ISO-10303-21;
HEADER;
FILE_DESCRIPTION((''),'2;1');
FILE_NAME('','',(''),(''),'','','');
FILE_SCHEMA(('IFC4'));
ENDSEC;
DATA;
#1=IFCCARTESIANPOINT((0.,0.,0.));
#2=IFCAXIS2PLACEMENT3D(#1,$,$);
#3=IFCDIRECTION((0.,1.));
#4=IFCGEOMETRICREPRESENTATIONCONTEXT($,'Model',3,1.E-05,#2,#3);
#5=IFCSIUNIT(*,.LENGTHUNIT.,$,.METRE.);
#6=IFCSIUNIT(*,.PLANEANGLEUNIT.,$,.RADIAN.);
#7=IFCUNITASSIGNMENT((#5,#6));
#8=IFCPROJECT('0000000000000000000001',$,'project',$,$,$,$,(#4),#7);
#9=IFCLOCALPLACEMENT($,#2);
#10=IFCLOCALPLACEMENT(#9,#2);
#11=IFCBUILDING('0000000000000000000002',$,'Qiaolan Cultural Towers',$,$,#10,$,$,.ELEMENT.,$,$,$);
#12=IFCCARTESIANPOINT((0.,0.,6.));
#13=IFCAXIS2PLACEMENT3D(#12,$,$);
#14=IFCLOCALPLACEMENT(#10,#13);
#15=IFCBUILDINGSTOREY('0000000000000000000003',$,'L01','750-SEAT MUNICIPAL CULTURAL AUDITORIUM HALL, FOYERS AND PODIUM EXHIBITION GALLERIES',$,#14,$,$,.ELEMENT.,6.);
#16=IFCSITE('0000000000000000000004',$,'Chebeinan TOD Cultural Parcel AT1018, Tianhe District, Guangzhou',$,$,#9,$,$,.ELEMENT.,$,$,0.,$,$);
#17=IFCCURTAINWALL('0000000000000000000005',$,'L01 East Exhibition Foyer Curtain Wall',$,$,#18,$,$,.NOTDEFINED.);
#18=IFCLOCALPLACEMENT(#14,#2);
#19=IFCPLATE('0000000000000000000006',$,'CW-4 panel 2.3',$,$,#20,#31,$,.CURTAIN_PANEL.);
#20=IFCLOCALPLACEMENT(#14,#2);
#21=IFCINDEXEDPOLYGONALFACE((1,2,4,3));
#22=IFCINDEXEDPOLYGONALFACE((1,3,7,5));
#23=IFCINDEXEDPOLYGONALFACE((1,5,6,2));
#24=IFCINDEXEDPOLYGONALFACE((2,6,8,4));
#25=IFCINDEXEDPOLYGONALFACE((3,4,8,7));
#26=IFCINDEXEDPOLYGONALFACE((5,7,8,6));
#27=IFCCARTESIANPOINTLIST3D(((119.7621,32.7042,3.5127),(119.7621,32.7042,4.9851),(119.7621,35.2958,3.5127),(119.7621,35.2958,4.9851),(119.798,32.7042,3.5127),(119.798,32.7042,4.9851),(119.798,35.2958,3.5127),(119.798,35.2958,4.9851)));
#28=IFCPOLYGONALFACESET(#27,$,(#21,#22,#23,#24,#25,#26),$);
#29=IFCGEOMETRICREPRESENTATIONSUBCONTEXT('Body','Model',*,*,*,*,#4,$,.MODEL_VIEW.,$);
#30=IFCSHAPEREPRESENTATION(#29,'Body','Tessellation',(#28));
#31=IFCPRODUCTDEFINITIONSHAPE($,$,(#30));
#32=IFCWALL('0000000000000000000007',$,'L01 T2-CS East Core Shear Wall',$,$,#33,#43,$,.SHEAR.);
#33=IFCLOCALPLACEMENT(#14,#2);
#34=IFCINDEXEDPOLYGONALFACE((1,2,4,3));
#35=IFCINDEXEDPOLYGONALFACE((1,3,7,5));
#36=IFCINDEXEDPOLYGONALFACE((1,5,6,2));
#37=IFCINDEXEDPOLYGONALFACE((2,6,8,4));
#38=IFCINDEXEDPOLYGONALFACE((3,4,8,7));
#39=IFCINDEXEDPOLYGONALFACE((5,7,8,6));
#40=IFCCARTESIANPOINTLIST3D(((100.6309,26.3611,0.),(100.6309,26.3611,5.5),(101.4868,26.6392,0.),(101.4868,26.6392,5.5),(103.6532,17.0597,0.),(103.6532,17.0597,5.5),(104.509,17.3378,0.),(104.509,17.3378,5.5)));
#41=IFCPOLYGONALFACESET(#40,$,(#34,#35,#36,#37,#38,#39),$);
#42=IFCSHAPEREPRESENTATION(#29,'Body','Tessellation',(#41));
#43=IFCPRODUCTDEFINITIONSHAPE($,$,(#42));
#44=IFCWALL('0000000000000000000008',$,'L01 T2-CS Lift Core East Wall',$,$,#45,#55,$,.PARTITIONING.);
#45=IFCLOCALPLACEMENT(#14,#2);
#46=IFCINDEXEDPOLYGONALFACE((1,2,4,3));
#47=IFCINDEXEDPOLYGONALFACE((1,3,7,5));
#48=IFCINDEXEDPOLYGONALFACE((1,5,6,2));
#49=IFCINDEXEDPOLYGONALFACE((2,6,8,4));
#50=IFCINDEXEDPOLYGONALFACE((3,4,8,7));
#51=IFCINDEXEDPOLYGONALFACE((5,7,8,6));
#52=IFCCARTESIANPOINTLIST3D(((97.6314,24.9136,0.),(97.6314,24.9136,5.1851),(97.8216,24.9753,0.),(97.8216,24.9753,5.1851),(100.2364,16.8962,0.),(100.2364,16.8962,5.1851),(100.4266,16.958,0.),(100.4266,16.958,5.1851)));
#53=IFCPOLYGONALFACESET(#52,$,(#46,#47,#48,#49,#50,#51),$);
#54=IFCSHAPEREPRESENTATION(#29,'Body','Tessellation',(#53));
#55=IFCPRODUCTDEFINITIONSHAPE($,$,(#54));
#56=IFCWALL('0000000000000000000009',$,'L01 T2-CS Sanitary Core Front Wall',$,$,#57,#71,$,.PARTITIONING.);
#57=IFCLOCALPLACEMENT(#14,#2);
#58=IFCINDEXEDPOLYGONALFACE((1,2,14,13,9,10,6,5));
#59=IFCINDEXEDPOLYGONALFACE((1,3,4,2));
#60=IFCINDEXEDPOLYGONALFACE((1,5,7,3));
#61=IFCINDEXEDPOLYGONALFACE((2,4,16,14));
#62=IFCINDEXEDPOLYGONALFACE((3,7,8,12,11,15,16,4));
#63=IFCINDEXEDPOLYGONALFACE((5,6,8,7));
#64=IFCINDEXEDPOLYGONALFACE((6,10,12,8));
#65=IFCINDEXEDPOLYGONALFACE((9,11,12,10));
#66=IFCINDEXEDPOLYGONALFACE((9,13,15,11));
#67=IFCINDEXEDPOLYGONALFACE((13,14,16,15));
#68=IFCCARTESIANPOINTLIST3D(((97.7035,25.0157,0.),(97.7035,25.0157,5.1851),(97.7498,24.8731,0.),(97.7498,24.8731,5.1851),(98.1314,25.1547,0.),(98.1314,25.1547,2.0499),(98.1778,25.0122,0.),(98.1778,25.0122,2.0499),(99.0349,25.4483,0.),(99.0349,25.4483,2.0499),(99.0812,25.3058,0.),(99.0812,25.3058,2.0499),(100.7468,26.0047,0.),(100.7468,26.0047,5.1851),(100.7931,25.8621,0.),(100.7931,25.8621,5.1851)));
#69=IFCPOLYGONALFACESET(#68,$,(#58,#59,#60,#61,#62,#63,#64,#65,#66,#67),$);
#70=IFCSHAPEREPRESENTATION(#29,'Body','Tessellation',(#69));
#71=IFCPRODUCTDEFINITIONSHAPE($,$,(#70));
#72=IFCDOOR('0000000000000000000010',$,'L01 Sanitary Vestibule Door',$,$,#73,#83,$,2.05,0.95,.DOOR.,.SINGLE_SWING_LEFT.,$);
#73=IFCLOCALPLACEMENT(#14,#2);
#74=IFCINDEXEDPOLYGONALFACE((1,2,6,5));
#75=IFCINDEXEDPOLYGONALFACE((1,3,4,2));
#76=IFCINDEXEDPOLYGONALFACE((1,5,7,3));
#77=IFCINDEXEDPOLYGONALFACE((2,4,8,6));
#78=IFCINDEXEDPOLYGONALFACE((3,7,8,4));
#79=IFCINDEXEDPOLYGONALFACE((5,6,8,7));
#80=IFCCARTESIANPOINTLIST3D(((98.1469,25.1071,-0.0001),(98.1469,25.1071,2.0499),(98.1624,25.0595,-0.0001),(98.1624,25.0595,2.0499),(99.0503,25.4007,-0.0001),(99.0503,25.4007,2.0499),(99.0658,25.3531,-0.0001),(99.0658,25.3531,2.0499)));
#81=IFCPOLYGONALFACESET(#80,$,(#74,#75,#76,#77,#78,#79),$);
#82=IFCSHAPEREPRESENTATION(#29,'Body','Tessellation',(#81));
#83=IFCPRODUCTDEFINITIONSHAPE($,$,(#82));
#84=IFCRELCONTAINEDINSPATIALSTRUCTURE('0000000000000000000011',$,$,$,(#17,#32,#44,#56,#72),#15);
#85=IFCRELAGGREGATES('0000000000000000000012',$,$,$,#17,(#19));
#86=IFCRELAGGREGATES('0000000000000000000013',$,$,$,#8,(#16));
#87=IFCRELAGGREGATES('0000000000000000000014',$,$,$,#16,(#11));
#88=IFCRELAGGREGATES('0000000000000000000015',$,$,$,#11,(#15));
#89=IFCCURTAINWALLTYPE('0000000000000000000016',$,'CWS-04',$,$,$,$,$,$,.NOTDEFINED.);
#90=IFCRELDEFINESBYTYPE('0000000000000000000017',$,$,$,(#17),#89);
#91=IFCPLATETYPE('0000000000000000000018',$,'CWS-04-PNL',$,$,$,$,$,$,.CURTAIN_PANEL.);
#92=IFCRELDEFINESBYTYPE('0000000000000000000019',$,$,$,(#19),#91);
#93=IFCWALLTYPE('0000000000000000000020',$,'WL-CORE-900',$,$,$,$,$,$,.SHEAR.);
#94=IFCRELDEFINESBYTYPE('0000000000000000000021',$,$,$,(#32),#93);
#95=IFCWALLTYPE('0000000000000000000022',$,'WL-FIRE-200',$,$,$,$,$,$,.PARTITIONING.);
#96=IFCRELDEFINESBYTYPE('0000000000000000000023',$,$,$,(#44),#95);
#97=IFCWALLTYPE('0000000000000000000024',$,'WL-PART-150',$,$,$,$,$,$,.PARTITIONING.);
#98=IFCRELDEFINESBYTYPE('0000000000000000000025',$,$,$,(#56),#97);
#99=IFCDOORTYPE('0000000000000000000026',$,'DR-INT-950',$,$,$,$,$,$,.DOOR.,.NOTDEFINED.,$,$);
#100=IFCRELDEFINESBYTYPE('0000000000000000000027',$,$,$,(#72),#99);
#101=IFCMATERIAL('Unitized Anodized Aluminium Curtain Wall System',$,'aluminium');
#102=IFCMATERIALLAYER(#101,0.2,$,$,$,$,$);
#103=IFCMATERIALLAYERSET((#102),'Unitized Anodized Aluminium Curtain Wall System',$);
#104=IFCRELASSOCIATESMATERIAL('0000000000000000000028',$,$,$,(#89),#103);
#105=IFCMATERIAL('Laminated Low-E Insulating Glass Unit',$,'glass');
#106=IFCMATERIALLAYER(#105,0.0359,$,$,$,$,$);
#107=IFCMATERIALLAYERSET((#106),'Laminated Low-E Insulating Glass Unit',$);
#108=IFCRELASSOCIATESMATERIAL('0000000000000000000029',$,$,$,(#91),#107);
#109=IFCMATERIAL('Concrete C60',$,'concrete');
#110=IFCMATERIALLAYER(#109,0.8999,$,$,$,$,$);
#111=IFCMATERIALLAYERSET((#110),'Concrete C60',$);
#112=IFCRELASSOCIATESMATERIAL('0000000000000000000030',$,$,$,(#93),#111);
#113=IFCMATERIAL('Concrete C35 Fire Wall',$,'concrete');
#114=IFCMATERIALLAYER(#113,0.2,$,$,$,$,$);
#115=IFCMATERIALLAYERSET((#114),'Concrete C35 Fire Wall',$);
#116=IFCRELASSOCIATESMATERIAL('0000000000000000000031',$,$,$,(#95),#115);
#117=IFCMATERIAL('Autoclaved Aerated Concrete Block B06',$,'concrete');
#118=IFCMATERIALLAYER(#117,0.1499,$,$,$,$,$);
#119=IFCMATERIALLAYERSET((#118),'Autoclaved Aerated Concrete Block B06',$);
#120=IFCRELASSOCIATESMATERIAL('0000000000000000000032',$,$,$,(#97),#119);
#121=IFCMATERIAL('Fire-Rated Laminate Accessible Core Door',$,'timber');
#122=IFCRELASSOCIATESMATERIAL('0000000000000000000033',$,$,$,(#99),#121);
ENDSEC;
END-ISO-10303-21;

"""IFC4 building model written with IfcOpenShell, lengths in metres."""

from ifc_helpers import new_model, si_unit, direction, frame, frame_2d, origin, origin_2d, place, context, subcontext, project, spatial, rectangle, extrude, material, layer, layer_set, type_object, element, fill, aggregate, save


model = new_model("IFC4")

# Units and contexts
model_context = context("Model", 3, precision=1e-05, world=origin(), true_north=direction((0.0, 1.0)))
body_context = subcontext(model_context, "Body", "Model", "MODEL_VIEW")
ifc_project = project(units=[si_unit("LENGTHUNIT", "METRE"), si_unit("PLANEANGLEUNIT", "RADIAN")], contexts=[model_context])

# Site, building, storey
site_placement = place(None, origin())
site = spatial("IfcSite", under=ifc_project, at=site_placement, Name="Chebeinan TOD Cultural Parcel AT1018, Tianhe District, Guangzhou", CompositionType="ELEMENT", RefElevation=0.0)
building_placement = place(site_placement, origin())
building = spatial("IfcBuilding", under=site, at=building_placement, Name="Qiaolan Cultural Towers", CompositionType="ELEMENT")
storey_placement = place(building_placement, frame((0.0, 0.0, 6.0)))
storey = spatial("IfcBuildingStorey", under=building, at=storey_placement, Name="L01", Description="750-SEAT MUNICIPAL CULTURAL AUDITORIUM HALL, FOYERS AND PODIUM EXHIBITION GALLERIES", CompositionType="ELEMENT", Elevation=6.0)

# Curtain wall, plate
ifc_material_1 = material(Name="Unitized Anodized Aluminium Curtain Wall System", Category="aluminium")
ifc_layer_1 = layer(ifc_material_1, 0.2)
ifc_layer_set_1 = layer_set([ifc_layer_1], Name="Unitized Anodized Aluminium Curtain Wall System")
curtain_wall_type = type_object("IfcCurtainWallType", Name="CWS-04", PredefinedType="NOTDEFINED", material=ifc_layer_set_1)
curtain_wall_placement = place(storey_placement, origin())
curtain_wall = element("IfcCurtainWall", 1, at=curtain_wall_placement, inside=storey, type_object=curtain_wall_type, Name="L01 East Exhibition Foyer Curtain Wall", PredefinedType="NOTDEFINED")
ifc_material_2 = material(Name="Laminated Low-E Insulating Glass Unit", Category="glass")
ifc_layer_2 = layer(ifc_material_2, 0.0359)
ifc_layer_set_2 = layer_set([ifc_layer_2], Name="Laminated Low-E Insulating Glass Unit")
plate_type = type_object("IfcPlateType", Name="CWS-04-PNL", PredefinedType="CURTAIN_PANEL", material=ifc_layer_set_2)
plate_1_placement = place(storey_placement, frame((119.78, 34.0, 3.5127), z_axis=(0.0, 0.0, 1.0), x_axis=(0.0, 1.0, 0.0)))
plate_1 = element("IfcPlate", 2, at=plate_1_placement, type_object=plate_type, Name="CW-4 panel 2.3", PredefinedType="CURTAIN_PANEL", context=body_context, shape_type="SweptSolid", body=[
    extrude(rectangle(XDim=2.5916, YDim=0.0359, at=origin_2d()), origin(), (0.0, 0.0, 1.0), 1.4724),
])
aggregate(curtain_wall, [plate_1])

# Walls
ifc_material_3 = material(Name="Concrete C60", Category="concrete")
ifc_layer_3 = layer(ifc_material_3, 0.8999)
ifc_layer_set_3 = layer_set([ifc_layer_3], Name="Concrete C60")
wall_type_1 = type_object("IfcWallType", Name="WL-CORE-900", PredefinedType="SHEAR", material=ifc_layer_set_3)
wall_1_placement = place(storey_placement, frame((101.0588, 26.5002, 0.0), z_axis=(0.0, 0.0, 1.0), x_axis=(0.309022, -0.951055, 0.0)))
element("IfcWall", 3, at=wall_1_placement, inside=storey, type_object=wall_type_1, Name="L01 T2-CS East Core Shear Wall", PredefinedType="SHEAR", context=body_context, shape_type="SweptSolid", body=[
    extrude(rectangle(XDim=9.78, YDim=0.8999, at=frame_2d((4.8901, 0.0))), origin(), (0.0, 0.0, 1.0), 5.5),
])
ifc_material_4 = material(Name="Concrete C35 Fire Wall", Category="concrete")
ifc_layer_4 = layer(ifc_material_4, 0.2)
ifc_layer_set_4 = layer_set([ifc_layer_4], Name="Concrete C35 Fire Wall")
wall_type_2 = type_object("IfcWallType", Name="WL-FIRE-200", PredefinedType="PARTITIONING", material=ifc_layer_set_4)
wall_2_placement = place(storey_placement, frame((97.7266, 24.9443, 0.0), z_axis=(0.0, 0.0, 1.0), x_axis=(0.309016, -0.951057, 0.0)))
element("IfcWall", 4, at=wall_2_placement, inside=storey, type_object=wall_type_2, Name="L01 T2-CS Lift Core East Wall", PredefinedType="PARTITIONING", context=body_context, shape_type="SweptSolid", body=[
    extrude(rectangle(XDim=8.4299, YDim=0.2, at=frame_2d((4.2148, 0.0))), origin(), (0.0, 0.0, 1.0), 5.1851),
])

# Wall, opening, door
ifc_material_5 = material(Name="Autoclaved Aerated Concrete Block B06", Category="concrete")
ifc_layer_5 = layer(ifc_material_5, 0.1499)
ifc_layer_set_5 = layer_set([ifc_layer_5], Name="Autoclaved Aerated Concrete Block B06")
wall_type_3 = type_object("IfcWallType", Name="WL-PART-150", PredefinedType="PARTITIONING", material=ifc_layer_set_5)
wall_3_placement = place(storey_placement, frame((97.7266, 24.9443, 0.0), z_axis=(0.0, 0.0, 1.0), x_axis=(0.951037, 0.309077, 0.0)))
wall_3 = element("IfcWall", 5, at=wall_3_placement, inside=storey, type_object=wall_type_3, Name="L01 T2-CS Sanitary Core Front Wall", PredefinedType="PARTITIONING", context=body_context, shape_type="SweptSolid", body=[
    extrude(rectangle(XDim=3.2, YDim=0.1499, at=frame_2d((1.6001, 0.0))), origin(), (0.0, 0.0, 1.0), 5.1851),
])
opening_placement = place(wall_3_placement, frame((0.45, 0.0, 0.0)))
opening = element("IfcOpeningElement", 6, at=opening_placement, cuts=wall_3, PredefinedType="OPENING", context=body_context, shape_type="SweptSolid", body=[
    extrude(rectangle(XDim=0.95, YDim=2.05, at=frame_2d((0.4751, 1.0249))), frame((0.0, 0.085, 0.0), z_axis=(0.0, -1.0, 0.0), x_axis=(1.0, 0.0, 0.0)), (0.0, 0.0, 1.0), 0.1699),
])
ifc_material_6 = material(Name="Fire-Rated Laminate Accessible Core Door", Category="timber")
door_type = type_object("IfcDoorType", Name="DR-INT-950", OperationType="NOTDEFINED", PredefinedType="DOOR", material=ifc_material_6)
door_placement = place(opening_placement, origin())
door = element("IfcDoor", 7, at=door_placement, inside=storey, type_object=door_type, Name="L01 Sanitary Vestibule Door", OperationType="SINGLE_SWING_LEFT", OverallHeight=2.05, OverallWidth=0.95, PredefinedType="DOOR", context=body_context, shape_type="SweptSolid", body=[
    extrude(rectangle(XDim=0.95, YDim=2.05, at=frame_2d((0.4751, 1.0249))), frame((0.0, 0.0249, 0.0), z_axis=(0.0, -1.0, 0.0), x_axis=(1.0, 0.0, 0.0)), (0.0, 0.0, 1.0), 0.05),
])
fill(opening, door)

save(model, "model.ifc")
